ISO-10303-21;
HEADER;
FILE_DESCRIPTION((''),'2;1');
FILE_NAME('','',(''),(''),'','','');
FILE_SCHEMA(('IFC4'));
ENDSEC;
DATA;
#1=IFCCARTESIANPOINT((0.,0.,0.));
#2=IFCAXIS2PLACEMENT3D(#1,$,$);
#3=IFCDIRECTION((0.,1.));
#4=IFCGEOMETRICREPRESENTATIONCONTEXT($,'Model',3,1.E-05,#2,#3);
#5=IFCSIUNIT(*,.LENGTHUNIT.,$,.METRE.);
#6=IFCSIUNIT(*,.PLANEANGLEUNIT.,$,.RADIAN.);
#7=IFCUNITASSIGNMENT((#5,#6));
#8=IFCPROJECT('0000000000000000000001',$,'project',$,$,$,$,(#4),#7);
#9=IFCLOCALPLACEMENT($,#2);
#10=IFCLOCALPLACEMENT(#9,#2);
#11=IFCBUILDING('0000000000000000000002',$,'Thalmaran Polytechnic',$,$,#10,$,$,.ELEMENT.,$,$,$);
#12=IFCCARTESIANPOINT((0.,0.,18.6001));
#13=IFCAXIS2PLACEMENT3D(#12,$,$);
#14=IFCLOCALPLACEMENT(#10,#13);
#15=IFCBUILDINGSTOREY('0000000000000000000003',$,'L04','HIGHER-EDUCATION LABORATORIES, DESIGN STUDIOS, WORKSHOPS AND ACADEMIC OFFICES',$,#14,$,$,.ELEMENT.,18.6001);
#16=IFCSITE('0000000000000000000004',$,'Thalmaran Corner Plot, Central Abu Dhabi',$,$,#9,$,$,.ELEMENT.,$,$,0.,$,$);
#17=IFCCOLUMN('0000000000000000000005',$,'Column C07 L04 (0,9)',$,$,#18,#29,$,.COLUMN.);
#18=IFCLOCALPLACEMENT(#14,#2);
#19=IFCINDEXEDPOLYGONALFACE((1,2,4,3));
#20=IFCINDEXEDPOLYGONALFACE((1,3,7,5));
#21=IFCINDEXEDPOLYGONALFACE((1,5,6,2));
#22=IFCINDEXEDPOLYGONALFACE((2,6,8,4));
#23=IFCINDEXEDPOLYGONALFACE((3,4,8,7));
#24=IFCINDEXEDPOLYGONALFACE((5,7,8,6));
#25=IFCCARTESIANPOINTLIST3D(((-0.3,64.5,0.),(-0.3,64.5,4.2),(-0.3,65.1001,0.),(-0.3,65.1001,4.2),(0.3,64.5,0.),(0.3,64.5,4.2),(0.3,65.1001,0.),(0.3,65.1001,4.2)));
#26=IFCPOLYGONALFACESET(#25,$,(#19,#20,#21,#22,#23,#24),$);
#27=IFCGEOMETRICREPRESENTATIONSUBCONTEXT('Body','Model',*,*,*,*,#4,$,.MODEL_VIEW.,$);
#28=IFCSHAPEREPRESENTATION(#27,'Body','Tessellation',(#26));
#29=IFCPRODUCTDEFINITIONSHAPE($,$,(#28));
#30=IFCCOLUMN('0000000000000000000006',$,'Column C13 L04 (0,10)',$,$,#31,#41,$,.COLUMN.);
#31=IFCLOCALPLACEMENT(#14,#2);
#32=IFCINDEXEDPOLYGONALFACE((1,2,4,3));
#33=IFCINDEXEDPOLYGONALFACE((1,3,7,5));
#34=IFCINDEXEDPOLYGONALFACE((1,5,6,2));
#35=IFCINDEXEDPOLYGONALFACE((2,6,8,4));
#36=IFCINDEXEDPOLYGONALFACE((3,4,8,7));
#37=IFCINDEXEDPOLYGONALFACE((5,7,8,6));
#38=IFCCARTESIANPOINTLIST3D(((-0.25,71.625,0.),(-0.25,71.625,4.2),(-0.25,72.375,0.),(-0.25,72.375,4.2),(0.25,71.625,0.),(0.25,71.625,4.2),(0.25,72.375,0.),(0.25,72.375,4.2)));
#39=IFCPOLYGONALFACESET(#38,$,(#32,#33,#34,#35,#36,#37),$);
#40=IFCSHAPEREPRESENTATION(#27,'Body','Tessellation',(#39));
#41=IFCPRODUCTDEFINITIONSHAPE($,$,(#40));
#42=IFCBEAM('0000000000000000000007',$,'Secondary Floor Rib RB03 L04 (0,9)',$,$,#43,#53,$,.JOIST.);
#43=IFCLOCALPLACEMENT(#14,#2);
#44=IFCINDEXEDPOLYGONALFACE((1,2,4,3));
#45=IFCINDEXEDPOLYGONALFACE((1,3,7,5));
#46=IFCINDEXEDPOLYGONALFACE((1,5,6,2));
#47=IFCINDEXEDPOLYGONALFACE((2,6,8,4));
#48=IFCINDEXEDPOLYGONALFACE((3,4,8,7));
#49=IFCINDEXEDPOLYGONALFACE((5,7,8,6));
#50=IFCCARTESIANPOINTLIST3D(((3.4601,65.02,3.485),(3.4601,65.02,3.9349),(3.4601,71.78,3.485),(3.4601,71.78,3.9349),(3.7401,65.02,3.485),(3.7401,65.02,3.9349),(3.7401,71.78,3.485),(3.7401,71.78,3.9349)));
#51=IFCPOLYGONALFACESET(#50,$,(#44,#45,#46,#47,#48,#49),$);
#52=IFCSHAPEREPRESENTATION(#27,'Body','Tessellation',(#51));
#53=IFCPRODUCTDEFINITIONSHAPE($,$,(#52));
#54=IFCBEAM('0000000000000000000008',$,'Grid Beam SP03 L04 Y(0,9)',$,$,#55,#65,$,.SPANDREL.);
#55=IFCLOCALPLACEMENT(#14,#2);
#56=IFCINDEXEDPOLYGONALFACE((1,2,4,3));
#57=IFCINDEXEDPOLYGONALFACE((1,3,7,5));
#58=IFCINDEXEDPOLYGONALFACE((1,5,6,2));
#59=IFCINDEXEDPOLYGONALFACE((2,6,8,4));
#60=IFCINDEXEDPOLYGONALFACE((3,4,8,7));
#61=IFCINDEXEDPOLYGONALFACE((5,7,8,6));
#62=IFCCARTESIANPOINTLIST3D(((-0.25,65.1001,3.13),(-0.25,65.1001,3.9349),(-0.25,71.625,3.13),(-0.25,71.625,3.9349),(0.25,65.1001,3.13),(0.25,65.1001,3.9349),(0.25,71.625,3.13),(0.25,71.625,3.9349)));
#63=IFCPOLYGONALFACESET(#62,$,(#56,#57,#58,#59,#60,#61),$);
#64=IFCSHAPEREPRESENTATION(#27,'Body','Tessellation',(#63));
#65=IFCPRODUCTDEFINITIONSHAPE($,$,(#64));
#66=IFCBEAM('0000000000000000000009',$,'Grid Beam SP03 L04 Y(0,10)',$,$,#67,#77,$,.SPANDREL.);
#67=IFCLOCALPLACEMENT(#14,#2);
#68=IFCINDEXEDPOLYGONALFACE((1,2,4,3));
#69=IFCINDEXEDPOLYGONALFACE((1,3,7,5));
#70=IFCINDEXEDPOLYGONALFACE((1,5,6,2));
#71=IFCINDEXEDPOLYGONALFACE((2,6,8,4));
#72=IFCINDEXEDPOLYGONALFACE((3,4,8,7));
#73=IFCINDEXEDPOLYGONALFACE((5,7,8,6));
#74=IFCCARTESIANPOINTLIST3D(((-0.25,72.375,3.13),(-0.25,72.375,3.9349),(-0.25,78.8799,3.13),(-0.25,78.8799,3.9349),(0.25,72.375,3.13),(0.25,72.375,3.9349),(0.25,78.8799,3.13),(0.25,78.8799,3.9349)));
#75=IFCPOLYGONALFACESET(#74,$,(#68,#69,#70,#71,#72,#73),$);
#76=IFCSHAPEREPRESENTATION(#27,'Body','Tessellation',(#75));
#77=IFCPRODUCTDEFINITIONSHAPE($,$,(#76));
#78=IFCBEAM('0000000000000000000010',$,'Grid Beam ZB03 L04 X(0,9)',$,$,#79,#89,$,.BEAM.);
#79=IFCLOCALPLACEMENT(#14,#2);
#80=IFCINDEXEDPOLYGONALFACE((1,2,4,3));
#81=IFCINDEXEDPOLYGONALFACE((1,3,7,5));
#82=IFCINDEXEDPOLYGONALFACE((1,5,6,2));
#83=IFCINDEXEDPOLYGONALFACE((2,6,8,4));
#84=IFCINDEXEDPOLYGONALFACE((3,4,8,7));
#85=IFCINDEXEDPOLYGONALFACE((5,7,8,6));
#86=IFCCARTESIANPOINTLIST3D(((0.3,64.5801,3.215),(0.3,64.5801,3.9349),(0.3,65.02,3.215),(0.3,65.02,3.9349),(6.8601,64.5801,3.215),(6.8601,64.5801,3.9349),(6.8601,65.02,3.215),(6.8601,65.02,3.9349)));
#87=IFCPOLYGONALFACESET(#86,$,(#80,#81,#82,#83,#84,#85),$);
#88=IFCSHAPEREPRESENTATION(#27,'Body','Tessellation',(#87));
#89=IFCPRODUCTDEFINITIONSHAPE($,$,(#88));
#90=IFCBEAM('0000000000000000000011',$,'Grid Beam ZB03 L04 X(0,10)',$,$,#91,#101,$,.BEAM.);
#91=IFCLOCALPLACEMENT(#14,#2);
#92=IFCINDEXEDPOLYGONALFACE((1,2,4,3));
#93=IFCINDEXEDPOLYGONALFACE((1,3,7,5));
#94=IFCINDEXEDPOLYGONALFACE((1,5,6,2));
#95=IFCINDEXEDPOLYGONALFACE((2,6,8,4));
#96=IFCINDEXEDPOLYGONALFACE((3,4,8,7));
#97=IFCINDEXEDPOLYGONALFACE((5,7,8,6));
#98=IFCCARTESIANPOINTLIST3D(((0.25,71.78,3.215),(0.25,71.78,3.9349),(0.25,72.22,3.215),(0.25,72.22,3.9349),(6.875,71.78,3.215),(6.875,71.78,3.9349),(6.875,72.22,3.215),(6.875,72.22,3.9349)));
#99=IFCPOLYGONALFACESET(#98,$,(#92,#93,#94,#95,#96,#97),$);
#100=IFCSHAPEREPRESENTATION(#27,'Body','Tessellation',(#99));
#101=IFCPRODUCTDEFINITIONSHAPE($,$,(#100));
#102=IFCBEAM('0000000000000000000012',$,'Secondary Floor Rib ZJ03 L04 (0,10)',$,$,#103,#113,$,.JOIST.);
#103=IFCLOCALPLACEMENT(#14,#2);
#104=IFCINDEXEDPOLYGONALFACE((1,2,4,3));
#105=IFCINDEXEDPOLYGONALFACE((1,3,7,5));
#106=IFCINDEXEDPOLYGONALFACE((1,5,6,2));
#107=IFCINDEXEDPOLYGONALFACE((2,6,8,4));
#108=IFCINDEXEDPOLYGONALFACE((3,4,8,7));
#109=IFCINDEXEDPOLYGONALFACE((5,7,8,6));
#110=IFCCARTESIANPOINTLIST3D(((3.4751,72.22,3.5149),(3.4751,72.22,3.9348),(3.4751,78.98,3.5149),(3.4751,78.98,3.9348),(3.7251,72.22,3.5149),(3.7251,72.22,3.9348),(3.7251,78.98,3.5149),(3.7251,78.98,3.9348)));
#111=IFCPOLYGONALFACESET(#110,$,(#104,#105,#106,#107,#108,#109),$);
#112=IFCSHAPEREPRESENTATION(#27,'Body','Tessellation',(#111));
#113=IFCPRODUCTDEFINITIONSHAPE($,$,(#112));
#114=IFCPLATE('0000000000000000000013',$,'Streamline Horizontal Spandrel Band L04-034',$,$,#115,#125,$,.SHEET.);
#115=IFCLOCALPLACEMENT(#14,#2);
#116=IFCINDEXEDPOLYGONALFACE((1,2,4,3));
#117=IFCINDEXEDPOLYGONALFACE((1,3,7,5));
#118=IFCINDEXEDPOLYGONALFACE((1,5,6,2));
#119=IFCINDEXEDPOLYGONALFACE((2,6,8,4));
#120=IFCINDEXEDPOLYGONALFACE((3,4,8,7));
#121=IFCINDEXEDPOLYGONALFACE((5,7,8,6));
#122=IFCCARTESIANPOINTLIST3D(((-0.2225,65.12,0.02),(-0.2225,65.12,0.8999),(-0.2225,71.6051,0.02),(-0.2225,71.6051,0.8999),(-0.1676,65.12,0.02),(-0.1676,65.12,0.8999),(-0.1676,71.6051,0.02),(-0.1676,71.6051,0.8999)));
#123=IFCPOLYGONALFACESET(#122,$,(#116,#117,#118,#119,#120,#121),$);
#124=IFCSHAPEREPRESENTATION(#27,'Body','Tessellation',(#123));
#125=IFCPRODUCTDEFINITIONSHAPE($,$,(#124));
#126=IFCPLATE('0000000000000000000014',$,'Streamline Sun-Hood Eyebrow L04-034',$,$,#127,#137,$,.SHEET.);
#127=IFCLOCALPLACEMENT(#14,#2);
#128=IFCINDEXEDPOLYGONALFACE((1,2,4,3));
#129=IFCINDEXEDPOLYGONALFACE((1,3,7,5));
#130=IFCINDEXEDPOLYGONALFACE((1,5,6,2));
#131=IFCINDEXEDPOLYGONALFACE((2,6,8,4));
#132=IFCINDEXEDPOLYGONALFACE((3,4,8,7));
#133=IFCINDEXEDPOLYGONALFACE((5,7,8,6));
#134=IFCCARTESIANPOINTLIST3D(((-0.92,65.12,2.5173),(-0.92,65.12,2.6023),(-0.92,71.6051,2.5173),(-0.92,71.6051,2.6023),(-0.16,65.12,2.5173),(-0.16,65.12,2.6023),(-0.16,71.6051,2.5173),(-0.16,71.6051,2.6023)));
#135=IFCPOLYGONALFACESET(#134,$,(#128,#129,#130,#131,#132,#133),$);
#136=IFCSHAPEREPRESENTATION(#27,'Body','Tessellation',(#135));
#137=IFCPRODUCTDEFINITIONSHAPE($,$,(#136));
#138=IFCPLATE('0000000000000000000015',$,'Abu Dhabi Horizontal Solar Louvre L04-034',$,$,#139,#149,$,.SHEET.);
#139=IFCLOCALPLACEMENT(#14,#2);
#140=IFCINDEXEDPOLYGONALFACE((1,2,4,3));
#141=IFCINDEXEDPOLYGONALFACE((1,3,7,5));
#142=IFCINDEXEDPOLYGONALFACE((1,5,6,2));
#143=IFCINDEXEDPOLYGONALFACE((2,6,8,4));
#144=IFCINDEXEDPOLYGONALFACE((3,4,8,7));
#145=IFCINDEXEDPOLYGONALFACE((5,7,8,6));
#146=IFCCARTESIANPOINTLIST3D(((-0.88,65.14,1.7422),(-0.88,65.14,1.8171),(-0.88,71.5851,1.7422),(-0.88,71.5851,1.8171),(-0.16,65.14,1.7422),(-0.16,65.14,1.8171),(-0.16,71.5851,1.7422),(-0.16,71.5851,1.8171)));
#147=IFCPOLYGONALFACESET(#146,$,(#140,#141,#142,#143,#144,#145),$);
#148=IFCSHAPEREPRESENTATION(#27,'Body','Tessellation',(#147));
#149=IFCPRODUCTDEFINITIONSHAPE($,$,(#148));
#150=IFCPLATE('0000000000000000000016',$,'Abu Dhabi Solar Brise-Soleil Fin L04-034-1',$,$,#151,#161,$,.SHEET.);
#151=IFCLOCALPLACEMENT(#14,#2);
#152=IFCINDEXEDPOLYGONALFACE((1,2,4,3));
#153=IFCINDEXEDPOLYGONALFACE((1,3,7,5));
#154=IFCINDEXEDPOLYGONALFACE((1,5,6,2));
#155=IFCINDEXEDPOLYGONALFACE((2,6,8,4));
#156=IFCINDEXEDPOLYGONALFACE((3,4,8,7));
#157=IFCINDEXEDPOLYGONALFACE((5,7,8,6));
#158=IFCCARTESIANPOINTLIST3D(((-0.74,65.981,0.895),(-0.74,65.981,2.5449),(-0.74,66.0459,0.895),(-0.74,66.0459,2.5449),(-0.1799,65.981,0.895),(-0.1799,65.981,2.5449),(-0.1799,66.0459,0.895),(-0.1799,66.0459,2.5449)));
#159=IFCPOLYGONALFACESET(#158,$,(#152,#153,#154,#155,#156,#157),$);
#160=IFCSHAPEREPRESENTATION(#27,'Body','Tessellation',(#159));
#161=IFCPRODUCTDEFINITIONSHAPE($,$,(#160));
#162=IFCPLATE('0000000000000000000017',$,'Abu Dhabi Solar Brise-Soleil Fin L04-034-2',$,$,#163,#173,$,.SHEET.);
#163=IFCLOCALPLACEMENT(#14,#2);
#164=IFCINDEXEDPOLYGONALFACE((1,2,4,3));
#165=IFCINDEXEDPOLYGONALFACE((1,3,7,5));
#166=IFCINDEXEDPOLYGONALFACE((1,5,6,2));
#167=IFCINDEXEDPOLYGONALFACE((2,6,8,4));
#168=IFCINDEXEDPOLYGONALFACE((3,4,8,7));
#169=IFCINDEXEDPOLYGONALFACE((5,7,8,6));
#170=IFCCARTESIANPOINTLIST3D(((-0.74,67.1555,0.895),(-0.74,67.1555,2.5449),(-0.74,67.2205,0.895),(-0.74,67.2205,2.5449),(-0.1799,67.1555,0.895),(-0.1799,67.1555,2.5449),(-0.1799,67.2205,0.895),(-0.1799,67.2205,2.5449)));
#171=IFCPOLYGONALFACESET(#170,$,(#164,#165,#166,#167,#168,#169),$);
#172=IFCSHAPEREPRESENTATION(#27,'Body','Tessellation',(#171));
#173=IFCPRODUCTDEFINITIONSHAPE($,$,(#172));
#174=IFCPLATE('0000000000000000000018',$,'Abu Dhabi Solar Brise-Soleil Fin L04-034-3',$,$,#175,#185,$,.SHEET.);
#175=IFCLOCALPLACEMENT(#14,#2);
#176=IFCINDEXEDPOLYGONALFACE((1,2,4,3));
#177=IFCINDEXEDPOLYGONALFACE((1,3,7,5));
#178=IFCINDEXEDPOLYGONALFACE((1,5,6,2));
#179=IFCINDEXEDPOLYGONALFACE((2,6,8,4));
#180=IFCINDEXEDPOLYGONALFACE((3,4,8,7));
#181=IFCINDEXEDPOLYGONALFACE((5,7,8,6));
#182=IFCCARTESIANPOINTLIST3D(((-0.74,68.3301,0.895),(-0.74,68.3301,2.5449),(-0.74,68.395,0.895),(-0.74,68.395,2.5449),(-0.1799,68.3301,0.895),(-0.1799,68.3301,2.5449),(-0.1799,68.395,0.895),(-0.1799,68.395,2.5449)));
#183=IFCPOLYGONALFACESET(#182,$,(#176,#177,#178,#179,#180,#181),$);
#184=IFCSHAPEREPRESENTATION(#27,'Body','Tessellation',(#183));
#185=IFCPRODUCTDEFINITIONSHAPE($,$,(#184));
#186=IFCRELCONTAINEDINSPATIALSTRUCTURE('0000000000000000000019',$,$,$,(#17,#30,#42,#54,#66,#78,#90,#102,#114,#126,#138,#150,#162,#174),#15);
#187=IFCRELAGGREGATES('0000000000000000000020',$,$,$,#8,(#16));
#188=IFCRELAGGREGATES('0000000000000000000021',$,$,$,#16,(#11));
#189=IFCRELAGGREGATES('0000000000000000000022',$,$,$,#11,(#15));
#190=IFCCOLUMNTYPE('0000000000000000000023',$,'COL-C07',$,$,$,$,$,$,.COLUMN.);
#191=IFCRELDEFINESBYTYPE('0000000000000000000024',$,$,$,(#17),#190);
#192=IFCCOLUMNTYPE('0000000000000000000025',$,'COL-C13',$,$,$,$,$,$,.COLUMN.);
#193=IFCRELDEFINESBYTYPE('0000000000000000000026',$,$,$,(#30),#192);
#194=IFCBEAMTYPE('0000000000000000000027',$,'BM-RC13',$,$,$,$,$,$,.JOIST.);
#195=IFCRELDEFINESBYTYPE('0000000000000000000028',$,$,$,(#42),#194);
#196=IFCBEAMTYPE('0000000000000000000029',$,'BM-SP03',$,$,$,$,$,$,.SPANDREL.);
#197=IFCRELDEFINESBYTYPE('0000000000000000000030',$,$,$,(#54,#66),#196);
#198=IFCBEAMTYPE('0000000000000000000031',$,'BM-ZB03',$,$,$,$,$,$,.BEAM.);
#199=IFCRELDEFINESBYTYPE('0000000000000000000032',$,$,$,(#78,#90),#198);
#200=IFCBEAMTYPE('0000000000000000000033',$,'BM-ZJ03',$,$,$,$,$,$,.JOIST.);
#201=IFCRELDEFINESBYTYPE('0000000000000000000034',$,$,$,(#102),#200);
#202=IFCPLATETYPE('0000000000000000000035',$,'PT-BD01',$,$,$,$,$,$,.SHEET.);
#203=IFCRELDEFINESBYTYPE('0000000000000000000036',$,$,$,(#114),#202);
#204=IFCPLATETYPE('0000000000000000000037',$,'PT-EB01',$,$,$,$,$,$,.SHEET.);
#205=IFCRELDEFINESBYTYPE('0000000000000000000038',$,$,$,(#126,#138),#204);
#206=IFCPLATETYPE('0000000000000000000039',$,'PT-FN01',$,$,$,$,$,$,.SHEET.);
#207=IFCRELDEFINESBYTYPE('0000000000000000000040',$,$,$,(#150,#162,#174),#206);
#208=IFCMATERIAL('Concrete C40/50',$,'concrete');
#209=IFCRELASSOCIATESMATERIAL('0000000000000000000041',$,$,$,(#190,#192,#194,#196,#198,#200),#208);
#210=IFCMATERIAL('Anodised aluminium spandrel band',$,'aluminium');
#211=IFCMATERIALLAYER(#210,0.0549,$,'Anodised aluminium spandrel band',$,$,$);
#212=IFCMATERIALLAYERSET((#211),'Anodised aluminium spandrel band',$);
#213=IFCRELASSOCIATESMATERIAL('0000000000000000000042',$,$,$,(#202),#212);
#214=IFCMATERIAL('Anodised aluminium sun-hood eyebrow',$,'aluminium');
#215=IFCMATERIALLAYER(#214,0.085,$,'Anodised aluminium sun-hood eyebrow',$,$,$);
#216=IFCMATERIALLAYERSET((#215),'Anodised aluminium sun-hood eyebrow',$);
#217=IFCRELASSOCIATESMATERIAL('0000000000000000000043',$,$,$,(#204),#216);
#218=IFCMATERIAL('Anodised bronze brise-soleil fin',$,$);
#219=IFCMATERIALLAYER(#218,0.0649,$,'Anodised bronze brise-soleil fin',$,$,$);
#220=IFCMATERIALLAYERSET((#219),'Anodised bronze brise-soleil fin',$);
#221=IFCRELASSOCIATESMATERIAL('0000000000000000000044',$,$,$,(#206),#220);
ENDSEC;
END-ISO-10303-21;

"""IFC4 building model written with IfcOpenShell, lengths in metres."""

from ifc_helpers import new_model, si_unit, direction, frame, origin, origin_2d, place, context, subcontext, project, spatial, rectangle, extrude, material, layer, layer_set, material_profile, profile_set, type_object, element, save


model = new_model("IFC4")

# Units and contexts
model_context = context("Model", 3, precision=1e-05, world=origin(), true_north=direction((0.0, 1.0)))
body_context = subcontext(model_context, "Body", "Model", "MODEL_VIEW")
ifc_project = project(units=[si_unit("LENGTHUNIT", "METRE"), si_unit("PLANEANGLEUNIT", "RADIAN")], contexts=[model_context])

# Site, building, storey
site_placement = place(None, origin())
site = spatial("IfcSite", under=ifc_project, at=site_placement, Name="Thalmaran Corner Plot, Central Abu Dhabi", CompositionType="ELEMENT", RefElevation=0.0)
building_placement = place(site_placement, origin())
building = spatial("IfcBuilding", under=site, at=building_placement, Name="Thalmaran Polytechnic", CompositionType="ELEMENT")
storey_placement = place(building_placement, frame((0.0, 0.0, 18.6001)))
storey = spatial("IfcBuildingStorey", under=building, at=storey_placement, Name="L04", Description="HIGHER-EDUCATION LABORATORIES, DESIGN STUDIOS, WORKSHOPS AND ACADEMIC OFFICES", CompositionType="ELEMENT", Elevation=18.6001)

# Columns
ifc_material_1 = material(Name="Concrete C40/50", Category="concrete")
ifc_material_profile_1 = material_profile(ifc_material_1, rectangle(XDim=0.6001, YDim=0.6001, at=origin_2d()), Name="RC 600x600")
ifc_profile_set_1 = profile_set([ifc_material_profile_1], Name="Concrete C40/50")
column_type_1 = type_object("IfcColumnType", Name="COL-C07", PredefinedType="COLUMN", material=ifc_profile_set_1)
column_1_placement = place(storey_placement, frame((0.0, 64.8, 0.0), z_axis=(0.0, 0.0, 1.0), x_axis=(1.0, 0.0, 0.0)))
element("IfcColumn", 1, at=column_1_placement, inside=storey, type_object=column_type_1, Name="Column C07 L04 (0,9)", PredefinedType="COLUMN", context=body_context, shape_type="SweptSolid", body=[
    extrude(rectangle(XDim=0.6001, YDim=0.6001, at=origin_2d()), origin(), (0.0, 0.0, 1.0), 4.2),
])
ifc_material_profile_2 = material_profile(ifc_material_1, rectangle(XDim=0.5, YDim=0.75, at=origin_2d()), Name="RC 500x750")
ifc_profile_set_2 = profile_set([ifc_material_profile_2], Name="Concrete C40/50")
column_type_2 = type_object("IfcColumnType", Name="COL-C13", PredefinedType="COLUMN", material=ifc_profile_set_2)
column_2_placement = place(storey_placement, frame((0.0, 72.0, 0.0), z_axis=(0.0, 0.0, 1.0), x_axis=(1.0, 0.0, 0.0)))
element("IfcColumn", 2, at=column_2_placement, inside=storey, type_object=column_type_2, Name="Column C13 L04 (0,10)", PredefinedType="COLUMN", context=body_context, shape_type="SweptSolid", body=[
    extrude(rectangle(XDim=0.5, YDim=0.75, at=origin_2d()), origin(), (0.0, 0.0, 1.0), 4.2),
])

# Beams
ifc_material_profile_3 = material_profile(ifc_material_1, rectangle(XDim=0.28, YDim=0.45, at=origin_2d()), Name="RC 280x450")
ifc_profile_set_3 = profile_set([ifc_material_profile_3], Name="Concrete C40/50")
beam_type_1 = type_object("IfcBeamType", Name="BM-RC13", PredefinedType="JOIST", material=ifc_profile_set_3)
beam_1_placement = place(storey_placement, frame((3.6001, 65.02, 3.71), z_axis=(0.0, 1.0, 0.0), x_axis=(-1.0, 0.0, 0.0)))
element("IfcBeam", 3, at=beam_1_placement, inside=storey, type_object=beam_type_1, Name="Secondary Floor Rib RB03 L04 (0,9)", PredefinedType="JOIST", context=body_context, shape_type="SweptSolid", body=[
    extrude(rectangle(XDim=0.28, YDim=0.45, at=origin_2d()), origin(), (0.0, 0.0, 1.0), 6.76),
])
ifc_material_profile_4 = material_profile(ifc_material_1, rectangle(XDim=0.5, YDim=0.8049, at=origin_2d()), Name="RC 500x805")
ifc_profile_set_4 = profile_set([ifc_material_profile_4], Name="Concrete C40/50")
beam_type_2 = type_object("IfcBeamType", Name="BM-SP03", PredefinedType="SPANDREL", material=ifc_profile_set_4)
beam_2_placement = place(storey_placement, frame((0.0, 65.1001, 3.5325), z_axis=(0.0, 1.0, 0.0), x_axis=(-1.0, 0.0, 0.0)))
element("IfcBeam", 4, at=beam_2_placement, inside=storey, type_object=beam_type_2, Name="Grid Beam SP03 L04 Y(0,9)", PredefinedType="SPANDREL", context=body_context, shape_type="SweptSolid", body=[
    extrude(rectangle(XDim=0.5, YDim=0.8049, at=origin_2d()), origin(), (0.0, 0.0, 1.0), 6.5249),
])
beam_3_placement = place(storey_placement, frame((0.0, 72.375, 3.5325), z_axis=(0.0, 1.0, 0.0), x_axis=(-1.0, 0.0, 0.0)))
element("IfcBeam", 5, at=beam_3_placement, inside=storey, type_object=beam_type_2, Name="Grid Beam SP03 L04 Y(0,10)", PredefinedType="SPANDREL", context=body_context, shape_type="SweptSolid", body=[
    extrude(rectangle(XDim=0.5, YDim=0.8049, at=origin_2d()), origin(), (0.0, 0.0, 1.0), 6.5049),
])
ifc_material_profile_5 = material_profile(ifc_material_1, rectangle(XDim=0.4399, YDim=0.72, at=origin_2d()), Name="RC 440x720")
ifc_profile_set_5 = profile_set([ifc_material_profile_5], Name="Concrete C40/50")
beam_type_3 = type_object("IfcBeamType", Name="BM-ZB03", PredefinedType="BEAM", material=ifc_profile_set_5)
beam_4_placement = place(storey_placement, frame((0.3, 64.8, 3.575), z_axis=(1.0, 0.0, 0.0), x_axis=(0.0, 1.0, 0.0)))
element("IfcBeam", 6, at=beam_4_placement, inside=storey, type_object=beam_type_3, Name="Grid Beam ZB03 L04 X(0,9)", PredefinedType="BEAM", context=body_context, shape_type="SweptSolid", body=[
    extrude(rectangle(XDim=0.4399, YDim=0.72, at=origin_2d()), origin(), (0.0, 0.0, 1.0), 6.5601),
])
beam_5_placement = place(storey_placement, frame((0.25, 72.0, 3.575), z_axis=(1.0, 0.0, 0.0), x_axis=(0.0, 1.0, 0.0)))
element("IfcBeam", 7, at=beam_5_placement, inside=storey, type_object=beam_type_3, Name="Grid Beam ZB03 L04 X(0,10)", PredefinedType="BEAM", context=body_context, shape_type="SweptSolid", body=[
    extrude(rectangle(XDim=0.4399, YDim=0.72, at=origin_2d()), origin(), (0.0, 0.0, 1.0), 6.625),
])
ifc_material_profile_6 = material_profile(ifc_material_1, rectangle(XDim=0.25, YDim=0.4199, at=origin_2d()), Name="RC 250x420")
ifc_profile_set_6 = profile_set([ifc_material_profile_6], Name="Concrete C40/50")
beam_type_4 = type_object("IfcBeamType", Name="BM-ZJ03", PredefinedType="JOIST", material=ifc_profile_set_6)
beam_6_placement = place(storey_placement, frame((3.6001, 72.22, 3.7249), z_axis=(0.0, 1.0, 0.0), x_axis=(-1.0, 0.0, 0.0)))
element("IfcBeam", 8, at=beam_6_placement, inside=storey, type_object=beam_type_4, Name="Secondary Floor Rib ZJ03 L04 (0,10)", PredefinedType="JOIST", context=body_context, shape_type="SweptSolid", body=[
    extrude(rectangle(XDim=0.25, YDim=0.4199, at=origin_2d()), origin(), (0.0, 0.0, 1.0), 6.76),
])

# Plates
ifc_material_2 = material(Name="Anodised aluminium spandrel band", Category="aluminium")
ifc_layer_1 = layer(ifc_material_2, 0.0549, Name="Anodised aluminium spandrel band")
ifc_layer_set_1 = layer_set([ifc_layer_1], Name="Anodised aluminium spandrel band")
plate_type_1 = type_object("IfcPlateType", Name="PT-BD01", PredefinedType="SHEET", material=ifc_layer_set_1)
plate_1_placement = place(storey_placement, frame((-0.1951, 68.3625, 0.02), z_axis=(0.0, 0.0, 1.0), x_axis=(0.0, 1.0, 0.0)))
element("IfcPlate", 9, at=plate_1_placement, inside=storey, type_object=plate_type_1, Name="Streamline Horizontal Spandrel Band L04-034", PredefinedType="SHEET", context=body_context, shape_type="SweptSolid", body=[
    extrude(rectangle(XDim=6.4851, YDim=0.0549, at=origin_2d()), origin(), (0.0, 0.0, 1.0), 0.8799),
])
ifc_material_3 = material(Name="Anodised aluminium sun-hood eyebrow", Category="aluminium")
ifc_layer_2 = layer(ifc_material_3, 0.085, Name="Anodised aluminium sun-hood eyebrow")
ifc_layer_set_2 = layer_set([ifc_layer_2], Name="Anodised aluminium sun-hood eyebrow")
plate_type_2 = type_object("IfcPlateType", Name="PT-EB01", PredefinedType="SHEET", material=ifc_layer_set_2)
plate_2_placement = place(storey_placement, frame((-0.54, 68.3625, 2.5173), z_axis=(0.0, 0.0, 1.0), x_axis=(0.0, 1.0, 0.0)))
element("IfcPlate", 10, at=plate_2_placement, inside=storey, type_object=plate_type_2, Name="Streamline Sun-Hood Eyebrow L04-034", PredefinedType="SHEET", context=body_context, shape_type="SweptSolid", body=[
    extrude(rectangle(XDim=6.4851, YDim=0.76, at=origin_2d()), origin(), (0.0, 0.0, 1.0), 0.085),
])
plate_3_placement = place(storey_placement, frame((-0.52, 68.3625, 1.7422), z_axis=(0.0, 0.0, 1.0), x_axis=(0.0, 1.0, 0.0)))
element("IfcPlate", 11, at=plate_3_placement, inside=storey, type_object=plate_type_2, Name="Abu Dhabi Horizontal Solar Louvre L04-034", PredefinedType="SHEET", context=body_context, shape_type="SweptSolid", body=[
    extrude(rectangle(XDim=6.4451, YDim=0.72, at=origin_2d()), origin(), (0.0, 0.0, 1.0), 0.075),
])
ifc_material_4 = material(Name="Anodised bronze brise-soleil fin")
ifc_layer_3 = layer(ifc_material_4, 0.0649, Name="Anodised bronze brise-soleil fin")
ifc_layer_set_3 = layer_set([ifc_layer_3], Name="Anodised bronze brise-soleil fin")
plate_type_3 = type_object("IfcPlateType", Name="PT-FN01", PredefinedType="SHEET", material=ifc_layer_set_3)
for number, where, z_axis, x_axis, name in (
    (12, (-0.46, 66.0134, 0.895), (0.0, 0.0, 1.0), (0.0, 1.0, 0.0), "Abu Dhabi Solar Brise-Soleil Fin L04-034-1"),
    (13, (-0.46, 67.188, 0.895), (0.0, 0.0, 1.0), (0.0, 1.0, 0.0), "Abu Dhabi Solar Brise-Soleil Fin L04-034-2"),
    (14, (-0.46, 68.3625, 0.895), (0.0, 0.0, 1.0), (0.0, 1.0, 0.0), "Abu Dhabi Solar Brise-Soleil Fin L04-034-3"),
):
    element("IfcPlate", number, at=place(storey_placement, frame(where, z_axis=z_axis, x_axis=x_axis)), inside=storey, type_object=plate_type_3, Name=name, PredefinedType="SHEET", context=body_context, shape_type="SweptSolid", body=[
        extrude(rectangle(XDim=0.0649, YDim=0.5601, at=origin_2d()), origin(), (0.0, 0.0, 1.0), 1.6499),
    ])

save(model, "model.ifc")
